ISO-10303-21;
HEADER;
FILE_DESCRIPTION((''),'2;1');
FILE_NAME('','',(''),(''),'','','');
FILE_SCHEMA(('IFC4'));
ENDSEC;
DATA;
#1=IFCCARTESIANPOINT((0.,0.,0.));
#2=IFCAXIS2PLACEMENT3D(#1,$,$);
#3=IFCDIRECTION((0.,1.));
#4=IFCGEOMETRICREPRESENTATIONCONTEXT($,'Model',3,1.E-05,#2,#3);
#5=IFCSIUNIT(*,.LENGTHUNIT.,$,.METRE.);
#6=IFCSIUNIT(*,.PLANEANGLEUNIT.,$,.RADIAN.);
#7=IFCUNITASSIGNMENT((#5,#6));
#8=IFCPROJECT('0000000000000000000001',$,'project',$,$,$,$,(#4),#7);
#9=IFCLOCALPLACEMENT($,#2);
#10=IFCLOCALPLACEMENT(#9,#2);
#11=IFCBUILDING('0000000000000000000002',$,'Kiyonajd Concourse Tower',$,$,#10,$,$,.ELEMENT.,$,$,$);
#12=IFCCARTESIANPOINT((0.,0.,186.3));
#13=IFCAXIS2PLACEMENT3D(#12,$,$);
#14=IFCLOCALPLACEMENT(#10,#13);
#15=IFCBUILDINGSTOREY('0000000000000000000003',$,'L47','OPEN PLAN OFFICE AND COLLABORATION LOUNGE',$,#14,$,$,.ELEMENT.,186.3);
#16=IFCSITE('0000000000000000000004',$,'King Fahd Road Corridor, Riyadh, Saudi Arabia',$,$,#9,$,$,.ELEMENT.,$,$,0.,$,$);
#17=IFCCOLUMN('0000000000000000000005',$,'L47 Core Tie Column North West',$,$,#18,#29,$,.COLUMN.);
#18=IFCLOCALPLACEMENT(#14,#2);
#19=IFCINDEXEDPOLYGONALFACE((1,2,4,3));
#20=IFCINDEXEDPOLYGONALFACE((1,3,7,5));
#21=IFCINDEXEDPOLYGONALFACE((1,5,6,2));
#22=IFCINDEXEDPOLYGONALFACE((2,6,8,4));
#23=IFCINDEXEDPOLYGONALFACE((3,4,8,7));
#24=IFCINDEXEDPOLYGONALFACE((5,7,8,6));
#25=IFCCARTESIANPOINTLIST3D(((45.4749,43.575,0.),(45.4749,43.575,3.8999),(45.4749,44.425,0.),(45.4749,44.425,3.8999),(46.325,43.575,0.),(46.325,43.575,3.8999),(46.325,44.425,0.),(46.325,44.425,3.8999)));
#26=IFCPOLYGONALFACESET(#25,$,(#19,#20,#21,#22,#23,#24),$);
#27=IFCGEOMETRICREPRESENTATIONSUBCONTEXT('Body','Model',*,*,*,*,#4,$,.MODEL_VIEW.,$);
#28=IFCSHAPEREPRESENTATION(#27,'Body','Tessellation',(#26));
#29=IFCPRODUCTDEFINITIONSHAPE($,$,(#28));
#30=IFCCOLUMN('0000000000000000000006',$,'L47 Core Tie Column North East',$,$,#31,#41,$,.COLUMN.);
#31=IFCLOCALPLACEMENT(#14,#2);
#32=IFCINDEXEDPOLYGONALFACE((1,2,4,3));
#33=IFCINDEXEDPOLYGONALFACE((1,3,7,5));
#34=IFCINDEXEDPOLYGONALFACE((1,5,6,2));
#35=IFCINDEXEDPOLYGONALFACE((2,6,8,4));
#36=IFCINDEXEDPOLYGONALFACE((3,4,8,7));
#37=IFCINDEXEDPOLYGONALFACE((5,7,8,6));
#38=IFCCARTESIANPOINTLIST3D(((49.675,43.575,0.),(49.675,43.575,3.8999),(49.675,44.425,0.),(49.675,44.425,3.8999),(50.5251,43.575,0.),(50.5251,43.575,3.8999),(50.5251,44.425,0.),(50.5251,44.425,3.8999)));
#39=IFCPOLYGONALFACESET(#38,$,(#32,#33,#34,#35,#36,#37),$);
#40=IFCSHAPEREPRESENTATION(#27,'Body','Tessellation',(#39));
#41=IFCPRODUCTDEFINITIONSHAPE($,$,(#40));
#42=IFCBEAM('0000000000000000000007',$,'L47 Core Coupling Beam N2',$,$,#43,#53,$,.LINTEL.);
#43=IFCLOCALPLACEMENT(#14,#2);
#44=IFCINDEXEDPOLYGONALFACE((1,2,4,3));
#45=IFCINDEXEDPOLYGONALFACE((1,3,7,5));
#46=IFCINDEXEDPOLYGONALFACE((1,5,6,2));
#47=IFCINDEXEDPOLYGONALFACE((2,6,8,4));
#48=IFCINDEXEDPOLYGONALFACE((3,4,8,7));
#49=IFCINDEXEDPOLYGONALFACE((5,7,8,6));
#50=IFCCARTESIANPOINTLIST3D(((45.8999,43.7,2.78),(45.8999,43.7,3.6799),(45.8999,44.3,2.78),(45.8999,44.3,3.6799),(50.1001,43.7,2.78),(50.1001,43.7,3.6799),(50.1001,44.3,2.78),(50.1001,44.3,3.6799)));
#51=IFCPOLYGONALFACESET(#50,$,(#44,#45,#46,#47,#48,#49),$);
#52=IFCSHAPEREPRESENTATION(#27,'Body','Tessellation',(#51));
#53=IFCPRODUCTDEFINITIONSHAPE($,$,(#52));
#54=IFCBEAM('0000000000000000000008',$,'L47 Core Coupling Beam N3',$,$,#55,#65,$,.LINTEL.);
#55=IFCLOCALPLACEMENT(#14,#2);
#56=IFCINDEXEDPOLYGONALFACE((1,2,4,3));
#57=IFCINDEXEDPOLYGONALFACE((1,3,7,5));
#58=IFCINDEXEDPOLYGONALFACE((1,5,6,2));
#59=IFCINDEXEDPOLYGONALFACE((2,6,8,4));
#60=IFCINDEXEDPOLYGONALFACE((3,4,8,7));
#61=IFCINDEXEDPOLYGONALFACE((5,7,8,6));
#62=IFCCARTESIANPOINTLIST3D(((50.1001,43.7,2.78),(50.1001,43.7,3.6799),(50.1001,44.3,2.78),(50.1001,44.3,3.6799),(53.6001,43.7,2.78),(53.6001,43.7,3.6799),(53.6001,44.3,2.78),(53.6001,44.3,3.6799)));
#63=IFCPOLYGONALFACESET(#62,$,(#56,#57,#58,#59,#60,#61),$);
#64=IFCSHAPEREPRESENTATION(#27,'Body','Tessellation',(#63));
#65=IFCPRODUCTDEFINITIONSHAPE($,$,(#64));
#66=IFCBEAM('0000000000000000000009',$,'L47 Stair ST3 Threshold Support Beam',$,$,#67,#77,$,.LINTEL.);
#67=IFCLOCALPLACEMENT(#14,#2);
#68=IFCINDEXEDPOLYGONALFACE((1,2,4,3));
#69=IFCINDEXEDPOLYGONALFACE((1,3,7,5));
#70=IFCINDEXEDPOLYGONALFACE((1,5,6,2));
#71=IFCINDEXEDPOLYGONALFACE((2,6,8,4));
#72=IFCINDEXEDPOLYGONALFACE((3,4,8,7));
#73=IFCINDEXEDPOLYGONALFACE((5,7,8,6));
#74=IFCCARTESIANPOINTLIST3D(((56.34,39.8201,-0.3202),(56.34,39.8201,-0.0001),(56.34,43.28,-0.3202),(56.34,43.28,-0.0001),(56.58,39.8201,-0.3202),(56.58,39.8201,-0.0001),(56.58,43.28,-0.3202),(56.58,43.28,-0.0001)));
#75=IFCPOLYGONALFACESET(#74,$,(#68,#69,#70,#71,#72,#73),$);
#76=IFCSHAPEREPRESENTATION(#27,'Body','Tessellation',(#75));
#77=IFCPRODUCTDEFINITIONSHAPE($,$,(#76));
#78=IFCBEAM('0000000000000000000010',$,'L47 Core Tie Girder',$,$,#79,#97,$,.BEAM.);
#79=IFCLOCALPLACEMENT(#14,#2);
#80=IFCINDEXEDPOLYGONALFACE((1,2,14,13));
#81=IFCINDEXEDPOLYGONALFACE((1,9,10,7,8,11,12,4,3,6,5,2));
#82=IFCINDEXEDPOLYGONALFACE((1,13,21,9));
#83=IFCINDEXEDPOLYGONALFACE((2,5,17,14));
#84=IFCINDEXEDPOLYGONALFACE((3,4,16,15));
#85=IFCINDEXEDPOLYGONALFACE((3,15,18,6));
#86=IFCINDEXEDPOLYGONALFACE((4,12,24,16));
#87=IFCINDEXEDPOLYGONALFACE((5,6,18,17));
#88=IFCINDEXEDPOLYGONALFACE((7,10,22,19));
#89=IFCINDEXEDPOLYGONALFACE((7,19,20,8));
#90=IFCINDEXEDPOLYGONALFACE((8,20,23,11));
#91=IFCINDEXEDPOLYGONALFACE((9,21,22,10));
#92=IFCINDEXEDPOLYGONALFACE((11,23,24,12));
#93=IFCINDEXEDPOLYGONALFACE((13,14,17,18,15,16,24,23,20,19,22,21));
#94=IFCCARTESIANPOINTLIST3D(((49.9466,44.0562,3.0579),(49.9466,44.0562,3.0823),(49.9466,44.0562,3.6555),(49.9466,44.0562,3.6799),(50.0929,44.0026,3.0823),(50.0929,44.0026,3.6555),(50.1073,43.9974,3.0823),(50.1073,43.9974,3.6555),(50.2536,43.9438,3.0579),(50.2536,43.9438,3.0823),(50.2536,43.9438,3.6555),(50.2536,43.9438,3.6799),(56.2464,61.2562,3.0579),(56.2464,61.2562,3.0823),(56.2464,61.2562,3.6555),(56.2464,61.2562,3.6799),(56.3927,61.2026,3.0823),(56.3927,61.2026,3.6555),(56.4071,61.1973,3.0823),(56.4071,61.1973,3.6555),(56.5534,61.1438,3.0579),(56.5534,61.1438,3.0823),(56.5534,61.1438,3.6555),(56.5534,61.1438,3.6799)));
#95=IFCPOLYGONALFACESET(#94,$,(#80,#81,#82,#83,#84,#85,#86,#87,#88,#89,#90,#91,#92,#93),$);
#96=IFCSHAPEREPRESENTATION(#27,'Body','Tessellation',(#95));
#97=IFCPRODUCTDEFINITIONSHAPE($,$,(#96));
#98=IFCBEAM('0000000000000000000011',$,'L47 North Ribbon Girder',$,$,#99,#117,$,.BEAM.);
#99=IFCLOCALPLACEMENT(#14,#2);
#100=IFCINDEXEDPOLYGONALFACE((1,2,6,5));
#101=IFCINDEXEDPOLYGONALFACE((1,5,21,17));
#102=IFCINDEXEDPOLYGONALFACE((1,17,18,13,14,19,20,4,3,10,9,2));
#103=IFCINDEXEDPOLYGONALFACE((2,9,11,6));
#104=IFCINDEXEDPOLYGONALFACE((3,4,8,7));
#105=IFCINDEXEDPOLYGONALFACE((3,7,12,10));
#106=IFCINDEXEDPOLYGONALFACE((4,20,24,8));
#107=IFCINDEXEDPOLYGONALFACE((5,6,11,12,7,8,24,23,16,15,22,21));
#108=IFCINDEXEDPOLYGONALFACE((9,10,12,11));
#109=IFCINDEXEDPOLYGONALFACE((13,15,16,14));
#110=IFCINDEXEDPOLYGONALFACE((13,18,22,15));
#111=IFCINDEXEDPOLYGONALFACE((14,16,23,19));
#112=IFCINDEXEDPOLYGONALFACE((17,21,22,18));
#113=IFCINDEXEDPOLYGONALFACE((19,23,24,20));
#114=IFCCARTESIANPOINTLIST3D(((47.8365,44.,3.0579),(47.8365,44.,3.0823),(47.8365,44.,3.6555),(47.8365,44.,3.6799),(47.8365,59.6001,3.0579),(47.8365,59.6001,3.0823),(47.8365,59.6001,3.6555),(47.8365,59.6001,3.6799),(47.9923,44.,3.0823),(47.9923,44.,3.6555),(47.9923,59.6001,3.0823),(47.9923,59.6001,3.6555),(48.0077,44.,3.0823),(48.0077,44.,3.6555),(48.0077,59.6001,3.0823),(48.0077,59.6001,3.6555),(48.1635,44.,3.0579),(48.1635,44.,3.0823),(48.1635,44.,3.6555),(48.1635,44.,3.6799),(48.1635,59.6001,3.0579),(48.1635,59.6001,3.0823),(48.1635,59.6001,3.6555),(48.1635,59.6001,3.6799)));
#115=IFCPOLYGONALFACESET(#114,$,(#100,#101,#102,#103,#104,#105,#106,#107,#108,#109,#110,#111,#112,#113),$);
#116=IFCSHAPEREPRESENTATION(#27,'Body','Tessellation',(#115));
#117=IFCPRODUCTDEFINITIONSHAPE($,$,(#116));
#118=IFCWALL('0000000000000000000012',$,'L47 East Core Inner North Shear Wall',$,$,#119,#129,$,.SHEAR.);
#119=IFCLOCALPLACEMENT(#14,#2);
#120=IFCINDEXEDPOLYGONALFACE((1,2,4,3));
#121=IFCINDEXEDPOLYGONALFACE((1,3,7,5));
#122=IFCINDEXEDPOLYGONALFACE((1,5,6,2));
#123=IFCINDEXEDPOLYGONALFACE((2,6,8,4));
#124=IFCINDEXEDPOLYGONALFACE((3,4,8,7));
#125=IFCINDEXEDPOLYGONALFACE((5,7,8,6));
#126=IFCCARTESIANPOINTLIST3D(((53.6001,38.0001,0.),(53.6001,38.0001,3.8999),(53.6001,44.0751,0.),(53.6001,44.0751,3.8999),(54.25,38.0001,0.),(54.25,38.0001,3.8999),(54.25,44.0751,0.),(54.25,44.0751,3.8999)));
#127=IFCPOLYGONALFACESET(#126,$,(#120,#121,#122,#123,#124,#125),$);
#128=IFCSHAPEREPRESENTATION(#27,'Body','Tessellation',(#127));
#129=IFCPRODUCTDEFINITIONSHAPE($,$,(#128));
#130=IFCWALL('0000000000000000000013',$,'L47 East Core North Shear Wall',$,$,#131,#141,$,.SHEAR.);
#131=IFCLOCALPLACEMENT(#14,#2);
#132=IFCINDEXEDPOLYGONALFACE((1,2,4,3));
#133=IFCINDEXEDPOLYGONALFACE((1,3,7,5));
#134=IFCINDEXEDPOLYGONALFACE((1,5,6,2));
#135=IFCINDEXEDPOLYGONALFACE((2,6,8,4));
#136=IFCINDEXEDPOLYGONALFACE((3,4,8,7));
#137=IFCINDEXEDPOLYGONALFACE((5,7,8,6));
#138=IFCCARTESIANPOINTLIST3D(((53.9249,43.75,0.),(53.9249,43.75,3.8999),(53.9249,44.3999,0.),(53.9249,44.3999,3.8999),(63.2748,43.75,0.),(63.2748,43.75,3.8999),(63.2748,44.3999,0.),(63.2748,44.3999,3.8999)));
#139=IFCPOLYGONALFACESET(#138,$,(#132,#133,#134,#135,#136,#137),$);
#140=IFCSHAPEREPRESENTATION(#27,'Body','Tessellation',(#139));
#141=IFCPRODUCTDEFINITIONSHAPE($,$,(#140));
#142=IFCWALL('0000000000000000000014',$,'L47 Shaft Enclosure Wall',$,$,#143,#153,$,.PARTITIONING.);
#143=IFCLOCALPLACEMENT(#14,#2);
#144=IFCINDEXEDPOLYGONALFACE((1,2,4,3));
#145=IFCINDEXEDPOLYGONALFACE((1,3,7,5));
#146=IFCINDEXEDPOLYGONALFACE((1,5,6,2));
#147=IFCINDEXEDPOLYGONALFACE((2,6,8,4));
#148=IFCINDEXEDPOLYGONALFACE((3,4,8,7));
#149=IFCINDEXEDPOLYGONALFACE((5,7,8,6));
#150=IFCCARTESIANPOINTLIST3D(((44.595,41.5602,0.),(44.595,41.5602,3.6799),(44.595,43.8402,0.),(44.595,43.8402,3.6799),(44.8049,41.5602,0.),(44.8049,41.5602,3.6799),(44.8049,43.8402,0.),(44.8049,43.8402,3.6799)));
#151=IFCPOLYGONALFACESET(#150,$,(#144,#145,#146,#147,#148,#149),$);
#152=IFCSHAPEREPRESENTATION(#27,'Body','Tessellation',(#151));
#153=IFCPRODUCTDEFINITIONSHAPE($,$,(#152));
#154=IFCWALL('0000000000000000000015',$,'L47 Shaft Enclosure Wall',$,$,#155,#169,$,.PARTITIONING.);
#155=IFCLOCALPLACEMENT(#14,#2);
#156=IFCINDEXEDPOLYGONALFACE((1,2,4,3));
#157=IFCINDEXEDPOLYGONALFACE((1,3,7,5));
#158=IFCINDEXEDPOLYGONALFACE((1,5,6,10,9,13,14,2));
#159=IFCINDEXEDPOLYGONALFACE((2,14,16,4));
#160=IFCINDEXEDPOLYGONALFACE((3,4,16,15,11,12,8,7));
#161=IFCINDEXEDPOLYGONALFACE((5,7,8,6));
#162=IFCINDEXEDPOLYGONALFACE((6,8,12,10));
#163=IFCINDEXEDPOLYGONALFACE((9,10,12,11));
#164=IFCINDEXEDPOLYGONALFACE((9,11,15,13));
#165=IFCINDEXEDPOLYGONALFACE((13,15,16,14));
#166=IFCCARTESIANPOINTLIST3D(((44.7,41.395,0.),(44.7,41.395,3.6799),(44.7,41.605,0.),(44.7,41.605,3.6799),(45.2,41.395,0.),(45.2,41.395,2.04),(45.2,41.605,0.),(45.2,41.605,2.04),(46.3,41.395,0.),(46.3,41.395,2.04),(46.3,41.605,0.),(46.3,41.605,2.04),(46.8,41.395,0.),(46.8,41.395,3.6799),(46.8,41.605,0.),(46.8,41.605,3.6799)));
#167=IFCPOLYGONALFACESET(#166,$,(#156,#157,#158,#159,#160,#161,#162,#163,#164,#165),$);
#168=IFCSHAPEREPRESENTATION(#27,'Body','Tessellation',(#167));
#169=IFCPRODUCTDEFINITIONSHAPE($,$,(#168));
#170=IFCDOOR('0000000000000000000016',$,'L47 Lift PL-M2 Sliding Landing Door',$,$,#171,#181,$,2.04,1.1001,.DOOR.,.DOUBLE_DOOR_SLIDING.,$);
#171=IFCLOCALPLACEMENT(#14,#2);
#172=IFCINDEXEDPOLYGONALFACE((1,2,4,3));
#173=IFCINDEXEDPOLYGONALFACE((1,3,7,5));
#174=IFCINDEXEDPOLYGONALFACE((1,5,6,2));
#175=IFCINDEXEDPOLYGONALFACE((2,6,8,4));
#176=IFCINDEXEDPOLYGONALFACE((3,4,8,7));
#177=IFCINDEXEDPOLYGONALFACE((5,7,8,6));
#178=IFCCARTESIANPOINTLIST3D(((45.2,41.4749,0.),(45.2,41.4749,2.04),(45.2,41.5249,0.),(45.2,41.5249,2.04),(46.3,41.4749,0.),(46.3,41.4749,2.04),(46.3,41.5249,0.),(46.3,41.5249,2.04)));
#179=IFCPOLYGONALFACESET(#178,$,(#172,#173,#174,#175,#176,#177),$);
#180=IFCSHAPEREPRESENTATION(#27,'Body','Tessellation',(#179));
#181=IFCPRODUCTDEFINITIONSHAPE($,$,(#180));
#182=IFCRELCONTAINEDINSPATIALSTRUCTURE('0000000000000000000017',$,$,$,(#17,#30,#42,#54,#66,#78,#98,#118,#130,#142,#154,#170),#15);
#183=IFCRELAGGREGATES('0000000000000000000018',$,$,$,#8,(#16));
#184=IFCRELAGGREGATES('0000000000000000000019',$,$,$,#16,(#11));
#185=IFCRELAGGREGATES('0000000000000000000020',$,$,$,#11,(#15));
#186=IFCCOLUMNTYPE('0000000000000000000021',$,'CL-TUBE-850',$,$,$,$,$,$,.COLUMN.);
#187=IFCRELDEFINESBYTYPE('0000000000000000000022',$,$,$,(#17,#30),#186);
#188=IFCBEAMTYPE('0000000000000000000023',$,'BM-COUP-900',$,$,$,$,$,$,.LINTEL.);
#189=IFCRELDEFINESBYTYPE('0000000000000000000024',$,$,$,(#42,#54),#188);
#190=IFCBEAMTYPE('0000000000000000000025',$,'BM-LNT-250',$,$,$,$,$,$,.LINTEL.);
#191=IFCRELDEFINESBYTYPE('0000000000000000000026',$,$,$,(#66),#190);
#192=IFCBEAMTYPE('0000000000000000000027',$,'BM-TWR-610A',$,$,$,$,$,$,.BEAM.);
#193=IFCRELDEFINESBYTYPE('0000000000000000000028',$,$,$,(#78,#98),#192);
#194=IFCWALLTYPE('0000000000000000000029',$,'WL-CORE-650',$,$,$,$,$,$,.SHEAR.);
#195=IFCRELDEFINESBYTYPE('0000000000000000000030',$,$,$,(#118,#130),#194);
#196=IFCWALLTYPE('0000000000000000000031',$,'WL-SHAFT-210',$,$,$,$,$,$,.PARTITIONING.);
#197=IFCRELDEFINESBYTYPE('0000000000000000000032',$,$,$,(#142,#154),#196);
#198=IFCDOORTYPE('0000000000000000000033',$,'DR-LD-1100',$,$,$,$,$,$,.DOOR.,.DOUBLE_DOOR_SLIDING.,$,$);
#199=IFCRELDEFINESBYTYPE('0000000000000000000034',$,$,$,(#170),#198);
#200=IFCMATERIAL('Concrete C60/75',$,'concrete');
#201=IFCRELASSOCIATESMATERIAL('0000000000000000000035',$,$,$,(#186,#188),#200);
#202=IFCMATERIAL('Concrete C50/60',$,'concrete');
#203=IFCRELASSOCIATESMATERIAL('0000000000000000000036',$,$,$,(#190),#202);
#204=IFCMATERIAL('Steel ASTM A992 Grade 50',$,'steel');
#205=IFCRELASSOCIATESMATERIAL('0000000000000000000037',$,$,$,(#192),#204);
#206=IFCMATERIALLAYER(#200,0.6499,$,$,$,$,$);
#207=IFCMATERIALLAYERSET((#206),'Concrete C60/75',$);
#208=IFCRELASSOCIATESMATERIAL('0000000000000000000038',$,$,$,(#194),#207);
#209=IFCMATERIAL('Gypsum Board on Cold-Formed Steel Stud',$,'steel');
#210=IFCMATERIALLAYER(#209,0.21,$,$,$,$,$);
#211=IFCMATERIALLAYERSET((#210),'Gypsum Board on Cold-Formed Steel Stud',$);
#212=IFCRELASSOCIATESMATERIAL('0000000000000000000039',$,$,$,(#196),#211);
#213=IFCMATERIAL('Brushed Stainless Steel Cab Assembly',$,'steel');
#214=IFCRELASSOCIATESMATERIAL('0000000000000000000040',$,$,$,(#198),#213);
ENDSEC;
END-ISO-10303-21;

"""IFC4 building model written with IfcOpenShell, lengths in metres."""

from ifc_helpers import new_model, si_unit, direction, frame, frame_2d, origin, origin_2d, place, context, subcontext, project, spatial, rectangle, i_section, extrude, material, layer, layer_set, material_profile, profile_set, type_object, element, fill, save


model = new_model("IFC4")

# Units and contexts
model_context = context("Model", 3, precision=1e-05, world=origin(), true_north=direction((0.0, 1.0)))
body_context = subcontext(model_context, "Body", "Model", "MODEL_VIEW")
ifc_project = project(units=[si_unit("LENGTHUNIT", "METRE"), si_unit("PLANEANGLEUNIT", "RADIAN")], contexts=[model_context])

# Site, building, storey
site_placement = place(None, origin())
site = spatial("IfcSite", under=ifc_project, at=site_placement, Name="King Fahd Road Corridor, Riyadh, Saudi Arabia", CompositionType="ELEMENT", RefElevation=0.0)
building_placement = place(site_placement, origin())
building = spatial("IfcBuilding", under=site, at=building_placement, Name="Kiyonajd Concourse Tower", CompositionType="ELEMENT")
storey_placement = place(building_placement, frame((0.0, 0.0, 186.3)))
storey = spatial("IfcBuildingStorey", under=building, at=storey_placement, Name="L47", Description="OPEN PLAN OFFICE AND COLLABORATION LOUNGE", CompositionType="ELEMENT", Elevation=186.3)

# Columns
ifc_material_1 = material(Name="Concrete C60/75", Category="concrete")
ifc_material_profile_1 = material_profile(ifc_material_1, rectangle(XDim=0.8501, YDim=0.8501, at=origin_2d()), Name="RC-850x850")
ifc_profile_set_1 = profile_set([ifc_material_profile_1], Name="Concrete C60/75")
column_type = type_object("IfcColumnType", Name="CL-TUBE-850", PredefinedType="COLUMN", material=ifc_profile_set_1)
for number, where, z_axis, x_axis, name in (
    (1, (45.8999, 44.0, 0.0), (0.0, 0.0, 1.0), (1.0, 0.0, 0.0), "L47 Core Tie Column North West"),
    (2, (50.1001, 44.0, 0.0), (0.0, 0.0, 1.0), (1.0, 0.0, 0.0), "L47 Core Tie Column North East"),
):
    element("IfcColumn", number, at=place(storey_placement, frame(where, z_axis=z_axis, x_axis=x_axis)), inside=storey, type_object=column_type, Name=name, PredefinedType="COLUMN", context=body_context, shape_type="SweptSolid", body=[
        extrude(rectangle(XDim=0.8501, YDim=0.8501, at=origin_2d()), origin(), (0.0, 0.0, 1.0), 3.8999),
    ])

# Beams
ifc_material_profile_2 = material_profile(ifc_material_1, rectangle(XDim=0.6001, YDim=0.8999, at=origin_2d()), Name="RCBM-600x900")
ifc_profile_set_2 = profile_set([ifc_material_profile_2], Name="Concrete C60/75")
beam_type_1 = type_object("IfcBeamType", Name="BM-COUP-900", PredefinedType="LINTEL", material=ifc_profile_set_2)
beam_1_placement = place(storey_placement, frame((45.8999, 44.0, 3.23), z_axis=(1.0, 0.0, 0.0), x_axis=(0.0, 1.0, 0.0)))
element("IfcBeam", 3, at=beam_1_placement, inside=storey, type_object=beam_type_1, Name="L47 Core Coupling Beam N2", PredefinedType="LINTEL", context=body_context, shape_type="SweptSolid", body=[
    extrude(rectangle(XDim=0.6001, YDim=0.8999, at=origin_2d()), origin(), (0.0, 0.0, 1.0), 4.2002),
])
beam_2_placement = place(storey_placement, frame((50.1001, 44.0, 3.23), z_axis=(1.0, 0.0, 0.0), x_axis=(0.0, 1.0, 0.0)))
element("IfcBeam", 4, at=beam_2_placement, inside=storey, type_object=beam_type_1, Name="L47 Core Coupling Beam N3", PredefinedType="LINTEL", context=body_context, shape_type="SweptSolid", body=[
    extrude(rectangle(XDim=0.6001, YDim=0.8999, at=origin_2d()), origin(), (0.0, 0.0, 1.0), 3.5),
])
ifc_material_2 = material(Name="Concrete C50/60", Category="concrete")
ifc_material_profile_3 = material_profile(ifc_material_2, rectangle(XDim=0.24, YDim=0.3201, at=origin_2d()), Name="RCBM-240x320")
ifc_profile_set_3 = profile_set([ifc_material_profile_3], Name="Concrete C50/60")
beam_type_2 = type_object("IfcBeamType", Name="BM-LNT-250", PredefinedType="LINTEL", material=ifc_profile_set_3)
beam_3_placement = place(storey_placement, frame((56.46, 39.8201, -0.1602), z_axis=(0.0, 1.0, 0.0), x_axis=(-1.0, 0.0, 0.0)))
element("IfcBeam", 5, at=beam_3_placement, inside=storey, type_object=beam_type_2, Name="L47 Stair ST3 Threshold Support Beam", PredefinedType="LINTEL", context=body_context, shape_type="SweptSolid", body=[
    extrude(rectangle(XDim=0.24, YDim=0.3201, at=origin_2d()), origin(), (0.0, 0.0, 1.0), 3.46),
])
ifc_material_3 = material(Name="Steel ASTM A992 Grade 50", Category="steel")
ifc_material_profile_4 = material_profile(ifc_material_3, i_section(OverallWidth=0.3269, OverallDepth=0.6221, WebThickness=0.0154, FlangeThickness=0.0244, at=origin_2d()), Name="W610X195")
ifc_profile_set_4 = profile_set([ifc_material_profile_4], Name="Steel ASTM A992 Grade 50")
beam_type_3 = type_object("IfcBeamType", Name="BM-TWR-610A", PredefinedType="BEAM", material=ifc_profile_set_4)
beam_4_placement = place(storey_placement, frame((50.1001, 44.0, 3.3689), z_axis=(0.343925, 0.938997, 0.0), x_axis=(-0.938997, 0.343925, 0.0)))
element("IfcBeam", 6, at=beam_4_placement, inside=storey, type_object=beam_type_3, Name="L47 Core Tie Girder", PredefinedType="BEAM", context=body_context, shape_type="SweptSolid", body=[
    extrude(i_section(OverallWidth=0.3269, OverallDepth=0.6221, WebThickness=0.0154, FlangeThickness=0.0244, at=origin_2d()), origin(), (0.0, 0.0, 1.0), 18.3174),
])
beam_5_placement = place(storey_placement, frame((48.0, 44.0, 3.3689), z_axis=(0.0, 1.0, 0.0), x_axis=(-1.0, 0.0, 0.0)))
element("IfcBeam", 7, at=beam_5_placement, inside=storey, type_object=beam_type_3, Name="L47 North Ribbon Girder", PredefinedType="BEAM", context=body_context, shape_type="SweptSolid", body=[
    extrude(i_section(OverallWidth=0.3269, OverallDepth=0.6221, WebThickness=0.0154, FlangeThickness=0.0244, at=origin_2d()), origin(), (0.0, 0.0, 1.0), 15.6001),
])

# Walls
ifc_layer_1 = layer(ifc_material_1, 0.6499)
ifc_layer_set_1 = layer_set([ifc_layer_1], Name="Concrete C60/75")
wall_type_1 = type_object("IfcWallType", Name="WL-CORE-650", PredefinedType="SHEAR", material=ifc_layer_set_1)
wall_1_placement = place(storey_placement, frame((53.925, 38.0, 0.0), z_axis=(0.0, 0.0, 1.0), x_axis=(0.0, 1.0, 0.0)))
element("IfcWall", 8, at=wall_1_placement, inside=storey, type_object=wall_type_1, Name="L47 East Core Inner North Shear Wall", PredefinedType="SHEAR", context=body_context, shape_type="SweptSolid", body=[
    extrude(rectangle(XDim=6.075, YDim=0.6499, at=frame_2d((3.0376, 0.0))), origin(), (0.0, 0.0, 1.0), 3.8999),
])
wall_2_placement = place(storey_placement, frame((53.925, 44.075, 0.0), z_axis=(0.0, 0.0, 1.0), x_axis=(1.0, 0.0, 0.0)))
element("IfcWall", 9, at=wall_2_placement, inside=storey, type_object=wall_type_1, Name="L47 East Core North Shear Wall", PredefinedType="SHEAR", context=body_context, shape_type="SweptSolid", body=[
    extrude(rectangle(XDim=9.3499, YDim=0.6499, at=frame_2d((4.6748, 0.0))), origin(), (0.0, 0.0, 1.0), 3.8999),
])
ifc_material_4 = material(Name="Gypsum Board on Cold-Formed Steel Stud", Category="steel")
ifc_layer_2 = layer(ifc_material_4, 0.21)
ifc_layer_set_2 = layer_set([ifc_layer_2], Name="Gypsum Board on Cold-Formed Steel Stud")
wall_type_2 = type_object("IfcWallType", Name="WL-SHAFT-210", PredefinedType="PARTITIONING", material=ifc_layer_set_2)
wall_3_placement = place(storey_placement, frame((44.7, 41.5601, 0.0), z_axis=(0.0, 0.0, 1.0), x_axis=(0.0, 1.0, 0.0)))
element("IfcWall", 10, at=wall_3_placement, inside=storey, type_object=wall_type_2, Name="L47 Shaft Enclosure Wall", PredefinedType="PARTITIONING", context=body_context, shape_type="SweptSolid", body=[
    extrude(rectangle(XDim=2.28, YDim=0.21, at=frame_2d((1.1401, 0.0))), origin(), (0.0, 0.0, 1.0), 3.6799),
])

# Wall, opening, door
wall_4_placement = place(storey_placement, frame((44.7, 41.5, 0.0), z_axis=(0.0, 0.0, 1.0), x_axis=(1.0, 0.0, 0.0)))
wall_4 = element("IfcWall", 11, at=wall_4_placement, inside=storey, type_object=wall_type_2, Name="L47 Shaft Enclosure Wall", PredefinedType="PARTITIONING", context=body_context, shape_type="SweptSolid", body=[
    extrude(rectangle(XDim=2.1001, YDim=0.21, at=frame_2d((1.05, 0.0))), origin(), (0.0, 0.0, 1.0), 3.6799),
])
opening_1_placement = place(wall_4_placement, frame((0.5, 0.0, 0.0)))
opening_1 = element("IfcOpeningElement", 12, at=opening_1_placement, cuts=wall_4, PredefinedType="OPENING", context=body_context, shape_type="SweptSolid", body=[
    extrude(rectangle(XDim=1.1001, YDim=2.04, at=frame_2d((0.55, 1.02))), frame((0.0, 0.115, 0.0), z_axis=(0.0, -1.0, 0.0), x_axis=(1.0, 0.0, 0.0)), (0.0, 0.0, 1.0), 0.23),
])
ifc_material_5 = material(Name="Brushed Stainless Steel Cab Assembly", Category="steel")
door_type_1 = type_object("IfcDoorType", Name="DR-LD-1100", OperationType="DOUBLE_DOOR_SLIDING", PredefinedType="DOOR", material=ifc_material_5)
door_1_placement = place(opening_1_placement, origin())
door_1 = element("IfcDoor", 13, at=door_1_placement, inside=storey, type_object=door_type_1, Name="L47 Lift PL-M2 Sliding Landing Door", OperationType="DOUBLE_DOOR_SLIDING", OverallHeight=2.04, OverallWidth=1.1001, PredefinedType="DOOR", context=body_context, shape_type="SweptSolid", body=[
    extrude(rectangle(XDim=1.1001, YDim=2.04, at=frame_2d((0.55, 1.02))), frame((0.0, 0.0249, 0.0), z_axis=(0.0, -1.0, 0.0), x_axis=(1.0, 0.0, 0.0)), (0.0, 0.0, 1.0), 0.05),
])
fill(opening_1, door_1)

save(model, "model.ifc")
